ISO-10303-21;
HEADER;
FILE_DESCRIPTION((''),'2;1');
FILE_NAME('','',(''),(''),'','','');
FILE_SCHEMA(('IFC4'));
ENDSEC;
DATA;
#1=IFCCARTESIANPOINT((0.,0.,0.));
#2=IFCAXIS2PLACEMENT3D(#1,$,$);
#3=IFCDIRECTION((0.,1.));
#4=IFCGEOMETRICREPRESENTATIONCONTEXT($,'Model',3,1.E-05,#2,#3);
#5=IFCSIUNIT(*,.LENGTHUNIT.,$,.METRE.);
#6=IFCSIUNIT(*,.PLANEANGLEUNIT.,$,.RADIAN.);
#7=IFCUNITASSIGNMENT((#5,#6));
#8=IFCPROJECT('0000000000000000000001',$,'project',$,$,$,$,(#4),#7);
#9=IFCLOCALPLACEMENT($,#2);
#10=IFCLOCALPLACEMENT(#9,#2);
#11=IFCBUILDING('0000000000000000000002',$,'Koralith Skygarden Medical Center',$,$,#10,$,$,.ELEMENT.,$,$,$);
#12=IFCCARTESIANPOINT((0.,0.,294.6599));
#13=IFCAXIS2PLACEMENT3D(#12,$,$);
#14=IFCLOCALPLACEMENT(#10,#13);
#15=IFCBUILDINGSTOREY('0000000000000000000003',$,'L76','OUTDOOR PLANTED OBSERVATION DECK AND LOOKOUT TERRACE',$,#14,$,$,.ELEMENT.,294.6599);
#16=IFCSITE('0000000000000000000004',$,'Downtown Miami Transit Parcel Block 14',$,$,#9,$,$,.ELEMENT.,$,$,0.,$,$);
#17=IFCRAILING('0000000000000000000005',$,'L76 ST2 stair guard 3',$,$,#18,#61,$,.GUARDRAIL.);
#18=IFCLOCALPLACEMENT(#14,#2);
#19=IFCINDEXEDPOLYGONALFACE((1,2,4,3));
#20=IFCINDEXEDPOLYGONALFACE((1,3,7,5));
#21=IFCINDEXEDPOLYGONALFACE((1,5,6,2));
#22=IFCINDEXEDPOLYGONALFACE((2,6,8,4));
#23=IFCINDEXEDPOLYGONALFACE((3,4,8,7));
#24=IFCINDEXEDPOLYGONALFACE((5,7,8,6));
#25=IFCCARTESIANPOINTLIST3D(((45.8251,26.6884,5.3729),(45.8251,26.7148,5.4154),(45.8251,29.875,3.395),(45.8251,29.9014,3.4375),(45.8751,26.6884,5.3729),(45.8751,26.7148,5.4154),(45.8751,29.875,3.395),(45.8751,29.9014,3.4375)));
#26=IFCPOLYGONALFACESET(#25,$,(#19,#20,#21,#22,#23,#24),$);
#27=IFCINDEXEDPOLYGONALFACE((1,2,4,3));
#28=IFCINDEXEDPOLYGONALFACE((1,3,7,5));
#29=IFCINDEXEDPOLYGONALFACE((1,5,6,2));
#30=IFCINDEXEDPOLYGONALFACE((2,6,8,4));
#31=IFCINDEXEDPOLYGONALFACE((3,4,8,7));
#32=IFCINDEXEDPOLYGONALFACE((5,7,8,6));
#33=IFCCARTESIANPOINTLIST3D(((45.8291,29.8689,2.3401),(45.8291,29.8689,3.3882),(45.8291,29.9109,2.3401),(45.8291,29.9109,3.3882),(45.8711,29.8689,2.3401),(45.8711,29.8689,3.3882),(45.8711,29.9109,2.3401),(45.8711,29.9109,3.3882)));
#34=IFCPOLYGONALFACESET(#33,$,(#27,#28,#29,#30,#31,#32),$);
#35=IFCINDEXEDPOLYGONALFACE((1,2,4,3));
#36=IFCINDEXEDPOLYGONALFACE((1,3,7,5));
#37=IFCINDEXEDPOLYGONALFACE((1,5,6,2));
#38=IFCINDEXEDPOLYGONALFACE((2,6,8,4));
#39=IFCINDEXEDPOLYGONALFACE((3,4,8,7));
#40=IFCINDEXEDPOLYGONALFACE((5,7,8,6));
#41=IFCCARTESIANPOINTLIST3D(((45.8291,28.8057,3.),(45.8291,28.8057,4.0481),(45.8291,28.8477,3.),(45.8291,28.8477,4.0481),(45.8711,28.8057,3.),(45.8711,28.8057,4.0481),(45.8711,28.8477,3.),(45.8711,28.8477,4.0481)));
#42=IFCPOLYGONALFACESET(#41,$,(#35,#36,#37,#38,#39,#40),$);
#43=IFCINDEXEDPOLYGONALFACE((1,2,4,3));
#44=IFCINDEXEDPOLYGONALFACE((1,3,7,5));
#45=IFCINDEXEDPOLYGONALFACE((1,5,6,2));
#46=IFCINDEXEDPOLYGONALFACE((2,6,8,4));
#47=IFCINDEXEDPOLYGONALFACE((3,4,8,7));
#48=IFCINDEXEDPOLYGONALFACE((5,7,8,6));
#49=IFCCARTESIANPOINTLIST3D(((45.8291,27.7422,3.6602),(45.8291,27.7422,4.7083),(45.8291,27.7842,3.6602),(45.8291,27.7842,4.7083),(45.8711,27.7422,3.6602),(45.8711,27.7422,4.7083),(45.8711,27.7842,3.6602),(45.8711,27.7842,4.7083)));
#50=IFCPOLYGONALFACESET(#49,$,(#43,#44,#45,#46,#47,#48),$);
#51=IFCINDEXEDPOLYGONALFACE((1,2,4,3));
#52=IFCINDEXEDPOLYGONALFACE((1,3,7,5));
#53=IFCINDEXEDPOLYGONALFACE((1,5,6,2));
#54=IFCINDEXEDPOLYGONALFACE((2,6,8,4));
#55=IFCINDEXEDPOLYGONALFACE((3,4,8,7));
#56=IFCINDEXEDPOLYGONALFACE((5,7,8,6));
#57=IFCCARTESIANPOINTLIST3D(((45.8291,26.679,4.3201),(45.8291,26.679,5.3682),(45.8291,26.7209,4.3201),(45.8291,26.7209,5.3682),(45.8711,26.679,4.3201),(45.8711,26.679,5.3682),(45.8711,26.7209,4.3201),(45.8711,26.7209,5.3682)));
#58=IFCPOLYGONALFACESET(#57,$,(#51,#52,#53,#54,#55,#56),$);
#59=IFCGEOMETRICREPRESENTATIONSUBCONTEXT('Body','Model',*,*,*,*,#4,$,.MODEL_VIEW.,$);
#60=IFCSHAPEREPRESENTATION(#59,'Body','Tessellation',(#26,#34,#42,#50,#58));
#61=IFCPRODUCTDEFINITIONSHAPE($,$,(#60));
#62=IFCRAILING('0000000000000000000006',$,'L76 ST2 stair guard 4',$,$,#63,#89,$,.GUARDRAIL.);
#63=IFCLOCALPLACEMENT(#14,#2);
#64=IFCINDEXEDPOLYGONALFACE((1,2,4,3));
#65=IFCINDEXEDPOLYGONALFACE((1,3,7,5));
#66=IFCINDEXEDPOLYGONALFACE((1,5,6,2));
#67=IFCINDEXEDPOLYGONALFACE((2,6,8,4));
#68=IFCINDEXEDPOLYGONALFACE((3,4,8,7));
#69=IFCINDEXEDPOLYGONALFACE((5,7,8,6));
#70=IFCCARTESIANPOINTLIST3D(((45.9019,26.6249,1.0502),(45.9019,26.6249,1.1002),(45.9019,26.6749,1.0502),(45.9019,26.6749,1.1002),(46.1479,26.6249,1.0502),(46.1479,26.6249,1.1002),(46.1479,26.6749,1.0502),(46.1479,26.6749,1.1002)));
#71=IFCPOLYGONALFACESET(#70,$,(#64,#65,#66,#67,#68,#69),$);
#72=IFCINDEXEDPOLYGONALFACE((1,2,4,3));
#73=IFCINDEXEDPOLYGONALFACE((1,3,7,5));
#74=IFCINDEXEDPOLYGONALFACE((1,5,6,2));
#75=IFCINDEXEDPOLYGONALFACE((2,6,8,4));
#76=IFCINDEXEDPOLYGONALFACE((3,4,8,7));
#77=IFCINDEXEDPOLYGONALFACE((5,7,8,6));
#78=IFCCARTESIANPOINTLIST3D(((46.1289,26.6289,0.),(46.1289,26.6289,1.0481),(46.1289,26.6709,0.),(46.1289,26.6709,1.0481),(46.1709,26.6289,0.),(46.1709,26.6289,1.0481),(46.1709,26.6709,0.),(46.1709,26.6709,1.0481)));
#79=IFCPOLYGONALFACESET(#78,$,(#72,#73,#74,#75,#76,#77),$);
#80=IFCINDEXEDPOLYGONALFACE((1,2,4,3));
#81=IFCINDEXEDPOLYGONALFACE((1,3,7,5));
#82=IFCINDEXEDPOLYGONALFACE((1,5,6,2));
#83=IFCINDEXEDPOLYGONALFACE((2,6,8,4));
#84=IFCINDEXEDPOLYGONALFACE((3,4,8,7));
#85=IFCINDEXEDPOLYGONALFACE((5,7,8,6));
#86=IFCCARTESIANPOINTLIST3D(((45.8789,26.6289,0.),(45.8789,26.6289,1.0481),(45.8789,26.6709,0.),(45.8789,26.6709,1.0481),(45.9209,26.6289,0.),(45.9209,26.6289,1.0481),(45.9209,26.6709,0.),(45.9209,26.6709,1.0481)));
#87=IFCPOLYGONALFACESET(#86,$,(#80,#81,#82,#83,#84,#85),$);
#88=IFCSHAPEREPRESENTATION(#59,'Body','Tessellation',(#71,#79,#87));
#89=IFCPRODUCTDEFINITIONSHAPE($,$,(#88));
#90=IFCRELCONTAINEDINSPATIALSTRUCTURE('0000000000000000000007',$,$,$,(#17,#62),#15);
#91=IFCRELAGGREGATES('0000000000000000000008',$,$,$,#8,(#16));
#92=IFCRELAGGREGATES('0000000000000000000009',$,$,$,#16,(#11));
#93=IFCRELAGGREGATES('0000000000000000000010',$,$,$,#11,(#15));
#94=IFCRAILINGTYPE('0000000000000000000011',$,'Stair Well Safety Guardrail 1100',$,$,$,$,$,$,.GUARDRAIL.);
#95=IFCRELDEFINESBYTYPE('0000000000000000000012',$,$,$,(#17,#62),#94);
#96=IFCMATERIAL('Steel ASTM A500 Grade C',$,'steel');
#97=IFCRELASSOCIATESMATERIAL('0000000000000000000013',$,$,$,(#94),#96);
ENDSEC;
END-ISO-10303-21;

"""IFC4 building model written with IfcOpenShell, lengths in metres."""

from ifc_helpers import new_model, si_unit, direction, frame, origin, origin_2d, place, context, subcontext, project, spatial, rectangle, extrude, material, type_object, element, save


model = new_model("IFC4")

# Units and contexts
model_context = context("Model", 3, precision=1e-05, world=origin(), true_north=direction((0.0, 1.0)))
body_context = subcontext(model_context, "Body", "Model", "MODEL_VIEW")
ifc_project = project(units=[si_unit("LENGTHUNIT", "METRE"), si_unit("PLANEANGLEUNIT", "RADIAN")], contexts=[model_context])

# Site, building, storey
site_placement = place(None, origin())
site = spatial("IfcSite", under=ifc_project, at=site_placement, Name="Downtown Miami Transit Parcel Block 14", CompositionType="ELEMENT", RefElevation=0.0)
building_placement = place(site_placement, origin())
building = spatial("IfcBuilding", under=site, at=building_placement, Name="Koralith Skygarden Medical Center", CompositionType="ELEMENT")
storey_placement = place(building_placement, frame((0.0, 0.0, 294.6599)))
storey = spatial("IfcBuildingStorey", under=building, at=storey_placement, Name="L76", Description="OUTDOOR PLANTED OBSERVATION DECK AND LOOKOUT TERRACE", CompositionType="ELEMENT", Elevation=294.6599)

# Railings
ifc_material_1 = material(Name="Steel ASTM A500 Grade C", Category="steel")
railing_type_1 = type_object("IfcRailingType", Name="Stair Well Safety Guardrail 1100", PredefinedType="GUARDRAIL", material=ifc_material_1)
railing_1_placement = place(storey_placement, frame((45.8501, 29.8899, 2.3401)))
element("IfcRailing", 1, at=railing_1_placement, inside=storey, type_object=railing_type_1, Name="L76 ST2 stair guard 3", PredefinedType="GUARDRAIL", context=body_context, shape_type="SweptSolid", body=[
    extrude(rectangle(XDim=0.05, YDim=0.05, at=origin_2d()), frame((0.0, -0.0017, 1.0762), z_axis=(0.0, -0.849638, 0.527366), x_axis=(1.0, 0.0, 0.0)), (0.0, 0.0, 1.0), 3.7505),
    extrude(rectangle(XDim=0.042, YDim=0.042, at=origin_2d()), origin(), (0.0, 0.0, 1.0), 1.0481),
    extrude(rectangle(XDim=0.042, YDim=0.042, at=origin_2d()), frame((0.0, -1.0632, 0.6599)), (0.0, 0.0, 1.0), 1.0481),
    extrude(rectangle(XDim=0.042, YDim=0.042, at=origin_2d()), frame((0.0, -2.1267, 1.3201)), (0.0, 0.0, 1.0), 1.0481),
    extrude(rectangle(XDim=0.042, YDim=0.042, at=origin_2d()), frame((0.0, -3.1899, 1.98)), (0.0, 0.0, 1.0), 1.0481),
])
railing_2_placement = place(storey_placement, frame((46.1499, 26.6499, 0.0)))
element("IfcRailing", 2, at=railing_2_placement, inside=storey, type_object=railing_type_1, Name="L76 ST2 stair guard 4", PredefinedType="GUARDRAIL", context=body_context, shape_type="SweptSolid", body=[
    extrude(rectangle(XDim=0.05, YDim=0.05, at=origin_2d()), frame((-0.002, 0.0, 1.0752), z_axis=(-1.0, 0.0, 0.0), x_axis=(0.0, -1.0, 0.0)), (0.0, 0.0, 1.0), 0.2461),
    extrude(rectangle(XDim=0.042, YDim=0.042, at=origin_2d()), origin(), (0.0, 0.0, 1.0), 1.0481),
    extrude(rectangle(XDim=0.042, YDim=0.042, at=origin_2d()), frame((-0.25, 0.0, 0.0)), (0.0, 0.0, 1.0), 1.0481),
])

save(model, "model.ifc")
